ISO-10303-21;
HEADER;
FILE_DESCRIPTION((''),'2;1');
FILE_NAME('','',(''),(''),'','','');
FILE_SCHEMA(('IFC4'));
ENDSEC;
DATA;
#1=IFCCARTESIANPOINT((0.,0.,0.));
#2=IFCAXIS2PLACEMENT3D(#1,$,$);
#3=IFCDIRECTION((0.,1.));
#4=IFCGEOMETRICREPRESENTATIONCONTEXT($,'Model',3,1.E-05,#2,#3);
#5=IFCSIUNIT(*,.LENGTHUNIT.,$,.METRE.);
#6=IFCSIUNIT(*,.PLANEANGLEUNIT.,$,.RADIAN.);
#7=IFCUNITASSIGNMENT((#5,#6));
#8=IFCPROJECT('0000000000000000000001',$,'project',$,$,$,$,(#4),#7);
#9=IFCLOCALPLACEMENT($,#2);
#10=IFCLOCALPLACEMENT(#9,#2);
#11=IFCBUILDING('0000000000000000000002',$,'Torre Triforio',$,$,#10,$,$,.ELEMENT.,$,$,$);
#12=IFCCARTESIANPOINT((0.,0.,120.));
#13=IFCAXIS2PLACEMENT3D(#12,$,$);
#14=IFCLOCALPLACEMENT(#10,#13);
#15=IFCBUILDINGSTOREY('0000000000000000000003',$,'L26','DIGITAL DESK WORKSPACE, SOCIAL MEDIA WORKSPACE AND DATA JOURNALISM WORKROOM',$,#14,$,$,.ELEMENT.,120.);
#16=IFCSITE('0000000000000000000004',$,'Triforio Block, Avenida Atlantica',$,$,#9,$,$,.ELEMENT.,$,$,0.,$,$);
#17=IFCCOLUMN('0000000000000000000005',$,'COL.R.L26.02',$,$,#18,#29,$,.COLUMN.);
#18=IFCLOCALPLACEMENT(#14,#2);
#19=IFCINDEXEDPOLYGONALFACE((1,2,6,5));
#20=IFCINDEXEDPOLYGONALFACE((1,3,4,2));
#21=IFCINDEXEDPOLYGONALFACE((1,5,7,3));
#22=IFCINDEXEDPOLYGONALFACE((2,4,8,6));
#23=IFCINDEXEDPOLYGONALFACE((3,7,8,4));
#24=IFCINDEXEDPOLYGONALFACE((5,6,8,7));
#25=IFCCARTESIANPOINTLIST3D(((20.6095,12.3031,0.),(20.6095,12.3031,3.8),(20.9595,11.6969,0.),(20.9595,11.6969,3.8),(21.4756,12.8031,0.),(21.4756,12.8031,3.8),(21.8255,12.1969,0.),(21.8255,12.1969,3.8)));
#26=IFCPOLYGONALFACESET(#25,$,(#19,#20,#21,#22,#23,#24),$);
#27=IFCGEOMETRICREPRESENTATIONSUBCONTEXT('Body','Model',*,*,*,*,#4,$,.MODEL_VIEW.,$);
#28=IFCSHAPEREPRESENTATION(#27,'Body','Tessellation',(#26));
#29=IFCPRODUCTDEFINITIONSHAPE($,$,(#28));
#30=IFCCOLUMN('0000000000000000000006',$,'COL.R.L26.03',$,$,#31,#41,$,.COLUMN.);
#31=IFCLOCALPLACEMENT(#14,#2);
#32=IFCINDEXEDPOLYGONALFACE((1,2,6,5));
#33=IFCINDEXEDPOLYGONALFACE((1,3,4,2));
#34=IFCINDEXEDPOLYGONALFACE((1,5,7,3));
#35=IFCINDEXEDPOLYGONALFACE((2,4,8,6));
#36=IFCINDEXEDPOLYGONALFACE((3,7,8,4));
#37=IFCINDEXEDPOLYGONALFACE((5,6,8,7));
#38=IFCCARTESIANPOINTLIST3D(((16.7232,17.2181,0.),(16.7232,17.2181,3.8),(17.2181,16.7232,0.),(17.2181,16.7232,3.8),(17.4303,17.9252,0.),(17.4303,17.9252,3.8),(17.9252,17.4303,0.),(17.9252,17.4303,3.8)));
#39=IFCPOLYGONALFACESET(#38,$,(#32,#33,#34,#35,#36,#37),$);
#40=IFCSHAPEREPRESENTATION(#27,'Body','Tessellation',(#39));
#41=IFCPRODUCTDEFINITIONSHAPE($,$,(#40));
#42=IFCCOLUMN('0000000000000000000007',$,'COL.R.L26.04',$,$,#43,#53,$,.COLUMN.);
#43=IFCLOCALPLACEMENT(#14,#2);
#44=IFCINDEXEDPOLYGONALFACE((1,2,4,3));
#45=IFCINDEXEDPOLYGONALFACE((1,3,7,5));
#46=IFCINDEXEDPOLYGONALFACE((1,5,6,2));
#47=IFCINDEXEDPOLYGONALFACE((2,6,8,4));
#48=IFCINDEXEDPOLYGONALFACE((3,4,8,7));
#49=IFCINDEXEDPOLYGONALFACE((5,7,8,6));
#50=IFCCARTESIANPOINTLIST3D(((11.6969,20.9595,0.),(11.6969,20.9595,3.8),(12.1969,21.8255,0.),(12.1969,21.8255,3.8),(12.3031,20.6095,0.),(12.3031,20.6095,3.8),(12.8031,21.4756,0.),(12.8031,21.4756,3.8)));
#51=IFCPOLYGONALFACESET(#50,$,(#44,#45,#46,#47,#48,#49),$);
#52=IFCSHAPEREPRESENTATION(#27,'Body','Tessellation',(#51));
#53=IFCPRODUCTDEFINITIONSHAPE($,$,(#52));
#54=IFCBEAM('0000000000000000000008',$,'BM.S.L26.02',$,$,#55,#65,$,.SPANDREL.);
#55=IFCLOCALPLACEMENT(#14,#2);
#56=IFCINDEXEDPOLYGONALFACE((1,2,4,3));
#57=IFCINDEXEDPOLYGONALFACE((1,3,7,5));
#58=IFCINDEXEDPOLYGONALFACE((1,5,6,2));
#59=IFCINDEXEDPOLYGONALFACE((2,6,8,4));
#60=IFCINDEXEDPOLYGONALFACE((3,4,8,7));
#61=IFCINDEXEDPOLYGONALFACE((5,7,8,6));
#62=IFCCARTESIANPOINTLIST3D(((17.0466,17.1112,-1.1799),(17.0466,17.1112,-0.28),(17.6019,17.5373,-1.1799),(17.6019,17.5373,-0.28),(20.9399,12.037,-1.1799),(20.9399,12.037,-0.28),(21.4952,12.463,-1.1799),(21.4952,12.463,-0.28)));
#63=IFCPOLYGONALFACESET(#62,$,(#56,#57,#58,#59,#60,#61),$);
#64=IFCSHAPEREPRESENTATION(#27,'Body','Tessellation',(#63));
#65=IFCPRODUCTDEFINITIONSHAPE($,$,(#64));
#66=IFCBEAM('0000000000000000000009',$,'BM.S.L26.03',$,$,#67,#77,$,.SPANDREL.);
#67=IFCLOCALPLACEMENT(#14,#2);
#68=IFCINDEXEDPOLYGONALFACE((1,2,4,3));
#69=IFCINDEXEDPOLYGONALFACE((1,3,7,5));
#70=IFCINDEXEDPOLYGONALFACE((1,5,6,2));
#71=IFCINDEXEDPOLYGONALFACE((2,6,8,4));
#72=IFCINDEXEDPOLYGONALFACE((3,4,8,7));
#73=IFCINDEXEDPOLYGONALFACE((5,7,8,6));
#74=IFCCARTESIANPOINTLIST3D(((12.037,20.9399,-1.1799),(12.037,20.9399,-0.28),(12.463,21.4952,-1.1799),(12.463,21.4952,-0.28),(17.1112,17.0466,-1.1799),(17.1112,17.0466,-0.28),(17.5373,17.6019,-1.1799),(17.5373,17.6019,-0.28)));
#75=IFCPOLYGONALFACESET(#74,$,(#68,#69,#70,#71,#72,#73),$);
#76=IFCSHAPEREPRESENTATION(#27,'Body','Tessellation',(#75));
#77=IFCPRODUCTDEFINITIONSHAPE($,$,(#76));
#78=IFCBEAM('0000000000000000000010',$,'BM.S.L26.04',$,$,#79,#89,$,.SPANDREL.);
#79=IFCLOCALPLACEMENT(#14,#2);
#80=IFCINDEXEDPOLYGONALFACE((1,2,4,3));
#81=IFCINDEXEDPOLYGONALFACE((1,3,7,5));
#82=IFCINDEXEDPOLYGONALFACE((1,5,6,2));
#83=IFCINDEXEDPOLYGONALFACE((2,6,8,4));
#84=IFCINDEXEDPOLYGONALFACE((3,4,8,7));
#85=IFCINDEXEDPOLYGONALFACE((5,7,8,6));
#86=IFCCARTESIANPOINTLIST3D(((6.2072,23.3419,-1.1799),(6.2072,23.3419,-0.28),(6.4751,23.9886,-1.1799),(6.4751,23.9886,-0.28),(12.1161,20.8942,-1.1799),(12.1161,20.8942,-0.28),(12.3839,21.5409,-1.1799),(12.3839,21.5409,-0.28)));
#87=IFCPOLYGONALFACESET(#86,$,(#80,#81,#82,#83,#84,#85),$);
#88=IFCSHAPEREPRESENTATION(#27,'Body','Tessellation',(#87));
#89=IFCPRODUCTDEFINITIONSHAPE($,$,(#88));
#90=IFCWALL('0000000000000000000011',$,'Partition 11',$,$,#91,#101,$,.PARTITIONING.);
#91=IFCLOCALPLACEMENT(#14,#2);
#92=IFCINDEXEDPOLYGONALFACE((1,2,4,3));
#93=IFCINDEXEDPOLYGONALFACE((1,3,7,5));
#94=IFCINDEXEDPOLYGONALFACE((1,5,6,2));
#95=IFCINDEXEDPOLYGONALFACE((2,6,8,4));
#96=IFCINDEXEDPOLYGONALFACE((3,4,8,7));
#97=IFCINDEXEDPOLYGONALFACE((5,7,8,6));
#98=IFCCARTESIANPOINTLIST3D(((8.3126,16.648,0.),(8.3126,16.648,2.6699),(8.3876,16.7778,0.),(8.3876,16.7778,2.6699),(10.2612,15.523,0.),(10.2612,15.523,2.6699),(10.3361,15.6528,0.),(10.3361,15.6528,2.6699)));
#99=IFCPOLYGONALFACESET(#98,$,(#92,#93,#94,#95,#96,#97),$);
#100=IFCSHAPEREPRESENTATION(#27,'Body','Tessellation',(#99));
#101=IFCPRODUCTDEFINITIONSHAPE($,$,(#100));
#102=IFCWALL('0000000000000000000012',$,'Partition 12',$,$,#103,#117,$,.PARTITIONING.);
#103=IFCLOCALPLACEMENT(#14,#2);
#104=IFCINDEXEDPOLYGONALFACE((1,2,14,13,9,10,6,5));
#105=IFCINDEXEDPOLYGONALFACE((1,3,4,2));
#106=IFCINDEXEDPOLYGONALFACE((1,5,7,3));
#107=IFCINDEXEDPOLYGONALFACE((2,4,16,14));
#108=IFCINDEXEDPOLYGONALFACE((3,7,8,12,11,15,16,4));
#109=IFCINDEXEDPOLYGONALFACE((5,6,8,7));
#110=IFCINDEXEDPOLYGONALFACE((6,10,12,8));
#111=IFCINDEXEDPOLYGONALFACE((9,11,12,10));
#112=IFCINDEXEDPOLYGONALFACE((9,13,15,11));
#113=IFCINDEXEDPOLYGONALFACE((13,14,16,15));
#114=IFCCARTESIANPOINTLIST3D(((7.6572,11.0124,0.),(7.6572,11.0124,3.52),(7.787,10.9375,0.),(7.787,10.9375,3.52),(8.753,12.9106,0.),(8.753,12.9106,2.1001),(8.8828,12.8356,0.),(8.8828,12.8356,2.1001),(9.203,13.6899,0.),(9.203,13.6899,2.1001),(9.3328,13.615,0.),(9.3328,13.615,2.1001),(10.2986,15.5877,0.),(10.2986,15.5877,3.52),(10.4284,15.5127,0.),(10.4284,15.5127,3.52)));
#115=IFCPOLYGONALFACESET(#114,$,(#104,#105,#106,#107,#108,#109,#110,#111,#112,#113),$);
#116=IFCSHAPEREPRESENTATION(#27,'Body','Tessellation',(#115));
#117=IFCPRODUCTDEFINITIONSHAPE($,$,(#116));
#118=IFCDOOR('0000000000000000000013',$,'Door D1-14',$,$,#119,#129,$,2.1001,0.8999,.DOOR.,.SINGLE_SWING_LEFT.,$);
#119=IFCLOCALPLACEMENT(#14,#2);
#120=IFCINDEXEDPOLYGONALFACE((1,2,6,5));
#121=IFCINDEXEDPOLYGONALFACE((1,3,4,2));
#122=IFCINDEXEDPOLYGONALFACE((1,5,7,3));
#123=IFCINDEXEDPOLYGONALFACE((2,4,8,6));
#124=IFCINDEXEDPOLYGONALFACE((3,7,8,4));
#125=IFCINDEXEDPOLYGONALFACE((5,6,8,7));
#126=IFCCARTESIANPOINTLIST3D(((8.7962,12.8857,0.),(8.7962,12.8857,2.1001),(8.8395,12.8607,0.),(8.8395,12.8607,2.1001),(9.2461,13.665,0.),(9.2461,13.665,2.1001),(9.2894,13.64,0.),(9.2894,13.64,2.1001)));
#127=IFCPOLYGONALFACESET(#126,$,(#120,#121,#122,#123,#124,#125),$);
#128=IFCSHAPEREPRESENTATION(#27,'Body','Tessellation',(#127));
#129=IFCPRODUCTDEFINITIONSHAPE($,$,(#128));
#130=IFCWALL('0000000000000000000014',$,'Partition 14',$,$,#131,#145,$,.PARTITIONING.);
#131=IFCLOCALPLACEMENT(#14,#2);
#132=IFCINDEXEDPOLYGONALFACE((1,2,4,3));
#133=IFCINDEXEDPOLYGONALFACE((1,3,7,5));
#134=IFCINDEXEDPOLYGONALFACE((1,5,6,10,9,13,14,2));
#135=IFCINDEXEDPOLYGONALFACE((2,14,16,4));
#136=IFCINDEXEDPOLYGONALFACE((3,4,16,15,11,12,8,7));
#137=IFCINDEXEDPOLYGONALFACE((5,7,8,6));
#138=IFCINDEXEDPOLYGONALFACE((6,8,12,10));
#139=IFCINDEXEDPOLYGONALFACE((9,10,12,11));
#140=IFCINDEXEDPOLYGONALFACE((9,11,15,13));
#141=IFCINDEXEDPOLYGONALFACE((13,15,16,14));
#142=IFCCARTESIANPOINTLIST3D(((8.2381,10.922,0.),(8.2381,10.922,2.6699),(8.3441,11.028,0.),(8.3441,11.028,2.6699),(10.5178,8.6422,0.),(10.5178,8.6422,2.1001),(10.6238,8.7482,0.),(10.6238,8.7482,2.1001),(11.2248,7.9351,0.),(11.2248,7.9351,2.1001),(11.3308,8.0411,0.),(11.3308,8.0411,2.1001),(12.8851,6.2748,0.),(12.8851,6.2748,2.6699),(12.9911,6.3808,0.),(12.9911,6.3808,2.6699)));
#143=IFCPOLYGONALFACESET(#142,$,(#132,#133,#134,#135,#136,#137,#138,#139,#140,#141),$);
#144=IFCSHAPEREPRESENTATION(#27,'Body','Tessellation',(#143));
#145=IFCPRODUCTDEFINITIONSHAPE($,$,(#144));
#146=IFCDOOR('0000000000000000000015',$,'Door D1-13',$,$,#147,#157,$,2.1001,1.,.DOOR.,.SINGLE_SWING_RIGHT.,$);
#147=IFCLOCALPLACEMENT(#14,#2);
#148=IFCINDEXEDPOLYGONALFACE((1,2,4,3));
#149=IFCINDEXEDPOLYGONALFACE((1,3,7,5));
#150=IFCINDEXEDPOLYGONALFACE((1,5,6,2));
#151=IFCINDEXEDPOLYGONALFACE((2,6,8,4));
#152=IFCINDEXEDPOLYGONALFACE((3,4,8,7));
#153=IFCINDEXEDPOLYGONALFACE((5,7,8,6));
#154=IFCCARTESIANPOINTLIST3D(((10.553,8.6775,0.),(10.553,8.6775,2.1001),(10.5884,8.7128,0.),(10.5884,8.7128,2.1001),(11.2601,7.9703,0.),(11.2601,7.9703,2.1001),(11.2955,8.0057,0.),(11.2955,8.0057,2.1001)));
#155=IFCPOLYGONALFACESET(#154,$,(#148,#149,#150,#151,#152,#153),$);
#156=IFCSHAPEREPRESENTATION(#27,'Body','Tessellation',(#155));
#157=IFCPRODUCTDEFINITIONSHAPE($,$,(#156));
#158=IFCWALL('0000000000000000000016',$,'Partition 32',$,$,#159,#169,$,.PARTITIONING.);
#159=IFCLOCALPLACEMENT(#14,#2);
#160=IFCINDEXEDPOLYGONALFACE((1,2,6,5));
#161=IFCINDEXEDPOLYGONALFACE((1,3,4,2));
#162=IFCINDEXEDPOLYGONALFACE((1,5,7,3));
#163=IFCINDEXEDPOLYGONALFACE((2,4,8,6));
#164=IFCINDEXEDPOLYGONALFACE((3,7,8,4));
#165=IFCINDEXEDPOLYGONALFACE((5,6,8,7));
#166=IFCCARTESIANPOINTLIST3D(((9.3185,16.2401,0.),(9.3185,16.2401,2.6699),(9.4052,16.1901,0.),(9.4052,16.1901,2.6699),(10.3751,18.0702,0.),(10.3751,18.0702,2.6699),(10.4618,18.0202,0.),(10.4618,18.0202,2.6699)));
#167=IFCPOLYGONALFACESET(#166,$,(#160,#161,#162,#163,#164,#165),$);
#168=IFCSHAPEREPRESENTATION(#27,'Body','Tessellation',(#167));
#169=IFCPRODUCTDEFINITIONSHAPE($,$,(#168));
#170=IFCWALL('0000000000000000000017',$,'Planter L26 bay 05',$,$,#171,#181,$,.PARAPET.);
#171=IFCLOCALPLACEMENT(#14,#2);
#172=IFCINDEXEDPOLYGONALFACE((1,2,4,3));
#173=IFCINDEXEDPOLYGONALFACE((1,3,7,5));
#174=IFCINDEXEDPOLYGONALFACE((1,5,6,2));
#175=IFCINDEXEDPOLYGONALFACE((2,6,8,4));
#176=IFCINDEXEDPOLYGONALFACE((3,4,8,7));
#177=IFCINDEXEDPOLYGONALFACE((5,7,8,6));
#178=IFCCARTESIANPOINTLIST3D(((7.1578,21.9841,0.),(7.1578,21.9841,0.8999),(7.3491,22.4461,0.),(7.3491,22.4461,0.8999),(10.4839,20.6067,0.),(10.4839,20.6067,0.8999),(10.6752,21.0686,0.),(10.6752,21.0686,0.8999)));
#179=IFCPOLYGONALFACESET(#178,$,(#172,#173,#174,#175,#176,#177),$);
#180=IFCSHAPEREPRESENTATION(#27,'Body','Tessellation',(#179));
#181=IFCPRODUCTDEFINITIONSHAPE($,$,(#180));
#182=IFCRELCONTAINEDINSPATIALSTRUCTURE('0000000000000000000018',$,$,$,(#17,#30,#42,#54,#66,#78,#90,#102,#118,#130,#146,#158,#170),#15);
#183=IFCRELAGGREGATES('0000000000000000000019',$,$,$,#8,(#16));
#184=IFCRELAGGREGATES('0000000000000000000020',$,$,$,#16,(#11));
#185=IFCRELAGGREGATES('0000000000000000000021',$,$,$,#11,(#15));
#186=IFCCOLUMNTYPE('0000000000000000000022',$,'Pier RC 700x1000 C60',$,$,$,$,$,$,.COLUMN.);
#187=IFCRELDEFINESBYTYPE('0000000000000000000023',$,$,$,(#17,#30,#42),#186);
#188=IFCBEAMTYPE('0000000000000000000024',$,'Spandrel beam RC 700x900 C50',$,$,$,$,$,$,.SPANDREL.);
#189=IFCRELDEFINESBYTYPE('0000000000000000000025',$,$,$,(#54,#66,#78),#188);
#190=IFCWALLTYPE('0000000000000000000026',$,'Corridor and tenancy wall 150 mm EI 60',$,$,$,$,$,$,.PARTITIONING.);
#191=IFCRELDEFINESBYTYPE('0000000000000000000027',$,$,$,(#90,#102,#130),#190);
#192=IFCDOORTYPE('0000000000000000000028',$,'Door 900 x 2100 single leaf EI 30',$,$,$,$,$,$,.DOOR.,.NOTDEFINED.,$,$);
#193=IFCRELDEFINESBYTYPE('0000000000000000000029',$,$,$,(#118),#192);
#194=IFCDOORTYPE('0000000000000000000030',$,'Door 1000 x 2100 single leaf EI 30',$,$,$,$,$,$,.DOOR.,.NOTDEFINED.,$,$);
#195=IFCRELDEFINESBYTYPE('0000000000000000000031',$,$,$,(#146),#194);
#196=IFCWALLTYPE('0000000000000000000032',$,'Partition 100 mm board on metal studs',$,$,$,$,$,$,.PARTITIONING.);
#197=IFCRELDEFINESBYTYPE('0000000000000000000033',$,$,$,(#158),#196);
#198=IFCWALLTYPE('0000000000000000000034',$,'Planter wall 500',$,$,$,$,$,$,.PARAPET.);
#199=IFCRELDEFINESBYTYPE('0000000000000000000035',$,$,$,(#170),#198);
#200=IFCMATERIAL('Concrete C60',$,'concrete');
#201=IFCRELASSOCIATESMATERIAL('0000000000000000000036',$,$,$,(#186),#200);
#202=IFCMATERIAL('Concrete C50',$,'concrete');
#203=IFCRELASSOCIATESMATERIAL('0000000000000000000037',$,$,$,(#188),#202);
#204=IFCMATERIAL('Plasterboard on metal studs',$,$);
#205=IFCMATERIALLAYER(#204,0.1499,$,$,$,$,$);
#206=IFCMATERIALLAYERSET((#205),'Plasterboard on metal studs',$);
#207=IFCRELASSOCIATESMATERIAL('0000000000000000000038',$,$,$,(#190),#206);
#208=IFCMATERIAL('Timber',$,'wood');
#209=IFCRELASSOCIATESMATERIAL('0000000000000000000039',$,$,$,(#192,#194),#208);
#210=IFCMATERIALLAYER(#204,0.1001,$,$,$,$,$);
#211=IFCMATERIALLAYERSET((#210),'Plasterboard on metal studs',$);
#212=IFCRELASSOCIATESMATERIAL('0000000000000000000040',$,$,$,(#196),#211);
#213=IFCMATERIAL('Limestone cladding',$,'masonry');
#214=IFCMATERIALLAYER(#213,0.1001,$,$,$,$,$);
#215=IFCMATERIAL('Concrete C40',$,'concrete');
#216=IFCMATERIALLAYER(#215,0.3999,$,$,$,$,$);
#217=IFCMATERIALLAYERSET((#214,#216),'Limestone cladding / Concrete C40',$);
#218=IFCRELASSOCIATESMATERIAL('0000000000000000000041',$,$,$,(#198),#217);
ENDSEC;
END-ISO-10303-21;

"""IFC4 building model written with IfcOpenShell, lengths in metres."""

from ifc_helpers import new_model, si_unit, direction, frame, frame_2d, origin, origin_2d, place, context, subcontext, project, spatial, rectangle, extrude, material, layer, layer_set, material_profile, profile_set, type_object, element, fill, save


model = new_model("IFC4")

# Units and contexts
model_context = context("Model", 3, precision=1e-05, world=origin(), true_north=direction((0.0, 1.0)))
body_context = subcontext(model_context, "Body", "Model", "MODEL_VIEW")
ifc_project = project(units=[si_unit("LENGTHUNIT", "METRE"), si_unit("PLANEANGLEUNIT", "RADIAN")], contexts=[model_context])

# Site, building, storey
site_placement = place(None, origin())
site = spatial("IfcSite", under=ifc_project, at=site_placement, Name="Triforio Block, Avenida Atlantica", CompositionType="ELEMENT", RefElevation=0.0)
building_placement = place(site_placement, origin())
building = spatial("IfcBuilding", under=site, at=building_placement, Name="Torre Triforio", CompositionType="ELEMENT")
storey_placement = place(building_placement, frame((0.0, 0.0, 120.0)))
storey = spatial("IfcBuildingStorey", under=building, at=storey_placement, Name="L26", Description="DIGITAL DESK WORKSPACE, SOCIAL MEDIA WORKSPACE AND DATA JOURNALISM WORKROOM", CompositionType="ELEMENT", Elevation=120.0)

# Columns
ifc_material_1 = material(Name="Concrete C60", Category="concrete")
ifc_material_profile_1 = material_profile(ifc_material_1, rectangle(XDim=0.7, YDim=1.0, at=origin_2d()), Name="RC 700x1000")
ifc_profile_set_1 = profile_set([ifc_material_profile_1], Name="Concrete C60")
column_type = type_object("IfcColumnType", Name="Pier RC 700x1000 C60", PredefinedType="COLUMN", material=ifc_profile_set_1)
for number, where, z_axis, x_axis, name in (
    (1, (21.2175, 12.25, 0.0), (0.0, 0.0, 1.0), (-0.5, 0.866025, 0.0), "COL.R.L26.02"),
    (2, (17.3242, 17.3242, 0.0), (0.0, 0.0, 1.0), (-0.707107, 0.707107, 0.0), "COL.R.L26.03"),
    (3, (12.25, 21.2175, 0.0), (0.0, 0.0, 1.0), (-0.866025, 0.5, 0.0), "COL.R.L26.04"),
):
    element("IfcColumn", number, at=place(storey_placement, frame(where, z_axis=z_axis, x_axis=x_axis)), inside=storey, type_object=column_type, Name=name, PredefinedType="COLUMN", context=body_context, shape_type="SweptSolid", body=[
        extrude(rectangle(XDim=0.7, YDim=1.0, at=origin_2d()), origin(), (0.0, 0.0, 1.0), 3.8),
    ])

# Beams
ifc_material_2 = material(Name="Concrete C50", Category="concrete")
ifc_material_profile_2 = material_profile(ifc_material_2, rectangle(XDim=0.7, YDim=0.8999, at=origin_2d()), Name="RC 700x900")
ifc_profile_set_2 = profile_set([ifc_material_profile_2], Name="Concrete C50")
beam_type = type_object("IfcBeamType", Name="Spandrel beam RC 700x900 C50", PredefinedType="SPANDREL", material=ifc_profile_set_2)
for number, where, z_axis, x_axis, name in (
    (4, (21.2175, 12.25, -0.73), (-0.608734, 0.793374, 0.0), (-0.793374, -0.608734, 0.0), "BM.S.L26.02"),
    (5, (17.3242, 17.3242, -0.73), (-0.793374, 0.608734, 0.0), (-0.608734, -0.793374, 0.0), "BM.S.L26.03"),
    (6, (12.25, 21.2175, -0.73), (-0.923869, 0.382709, 0.0), (-0.382709, -0.923869, 0.0), "BM.S.L26.04"),
):
    element("IfcBeam", number, at=place(storey_placement, frame(where, z_axis=z_axis, x_axis=x_axis)), inside=storey, type_object=beam_type, Name=name, PredefinedType="SPANDREL", context=body_context, shape_type="SweptSolid", body=[
        extrude(rectangle(XDim=0.7, YDim=0.8999, at=origin_2d()), origin(), (0.0, 0.0, 1.0), 6.3958),
    ])

# Wall
ifc_material_3 = material(Name="Plasterboard on metal studs")
ifc_layer_1 = layer(ifc_material_3, 0.1499)
ifc_layer_set_1 = layer_set([ifc_layer_1], Name="Plasterboard on metal studs")
wall_type_1 = type_object("IfcWallType", Name="Corridor and tenancy wall 150 mm EI 60", PredefinedType="PARTITIONING", material=ifc_layer_set_1)
wall_1_placement = place(storey_placement, frame((8.3501, 16.7129, 0.0), z_axis=(0.0, 0.0, 1.0), x_axis=(0.866018, -0.500014, 0.0)))
element("IfcWall", 7, at=wall_1_placement, inside=storey, type_object=wall_type_1, Name="Partition 11", PredefinedType="PARTITIONING", context=body_context, shape_type="SweptSolid", body=[
    extrude(rectangle(XDim=2.25, YDim=0.1499, at=frame_2d((1.125, 0.0))), origin(), (0.0, 0.0, 1.0), 2.6699),
])

# Walls, openings, doors
wall_2_placement = place(storey_placement, frame((10.3635, 15.5503, 0.0), z_axis=(0.0, 0.0, 1.0), x_axis=(-0.499981, -0.866036, 0.0)))
wall_2 = element("IfcWall", 8, at=wall_2_placement, inside=storey, type_object=wall_type_1, Name="Partition 12", PredefinedType="PARTITIONING", context=body_context, shape_type="SweptSolid", body=[
    extrude(rectangle(XDim=5.283, YDim=0.1499, at=frame_2d((2.6416, 0.0))), origin(), (0.0, 0.0, 1.0), 3.52),
])
opening_1_placement = place(wall_2_placement, frame((2.1914, 0.0, 0.0)))
opening_1 = element("IfcOpeningElement", 9, at=opening_1_placement, cuts=wall_2, PredefinedType="OPENING", context=body_context, shape_type="SweptSolid", body=[
    extrude(rectangle(XDim=0.8999, YDim=2.1001, at=frame_2d((0.45, 1.05))), frame((0.0, 0.085, 0.0), z_axis=(0.0, -1.0, 0.0), x_axis=(1.0, 0.0, 0.0)), (0.0, 0.0, 1.0), 0.1699),
])
ifc_material_4 = material(Name="Timber", Category="wood")
door_type_1 = type_object("IfcDoorType", Name="Door 900 x 2100 single leaf EI 30", OperationType="NOTDEFINED", PredefinedType="DOOR", material=ifc_material_4)
door_1_placement = place(opening_1_placement, origin())
door_1 = element("IfcDoor", 10, at=door_1_placement, inside=storey, type_object=door_type_1, Name="Door D1-14", OperationType="SINGLE_SWING_LEFT", OverallHeight=2.1001, OverallWidth=0.8999, PredefinedType="DOOR", context=body_context, shape_type="SweptSolid", body=[
    extrude(rectangle(XDim=0.8999, YDim=2.1001, at=frame_2d((0.45, 1.05))), frame((0.0, 0.0249, 0.0), z_axis=(0.0, -1.0, 0.0), x_axis=(1.0, 0.0, 0.0)), (0.0, 0.0, 1.0), 0.05),
])
fill(opening_1, door_1)
wall_3_placement = place(storey_placement, frame((8.291, 10.9751, 0.0), z_axis=(0.0, 0.0, 1.0), x_axis=(0.707088, -0.707125, 0.0)))
wall_3 = element("IfcWall", 11, at=wall_3_placement, inside=storey, type_object=wall_type_1, Name="Partition 14", PredefinedType="PARTITIONING", context=body_context, shape_type="SweptSolid", body=[
    extrude(rectangle(XDim=6.572, YDim=0.1499, at=frame_2d((3.2861, 0.0))), origin(), (0.0, 0.0, 1.0), 2.6699),
])
opening_2_placement = place(wall_3_placement, frame((3.2241, 0.0, 0.0)))
opening_2 = element("IfcOpeningElement", 12, at=opening_2_placement, cuts=wall_3, PredefinedType="OPENING", context=body_context, shape_type="SweptSolid", body=[
    extrude(rectangle(XDim=1.0, YDim=2.1001, at=frame_2d((0.5, 1.05))), frame((0.0, 0.085, 0.0), z_axis=(0.0, -1.0, 0.0), x_axis=(1.0, 0.0, 0.0)), (0.0, 0.0, 1.0), 0.1699),
])
door_type_2 = type_object("IfcDoorType", Name="Door 1000 x 2100 single leaf EI 30", OperationType="NOTDEFINED", PredefinedType="DOOR", material=ifc_material_4)
door_2_placement = place(opening_2_placement, origin())
door_2 = element("IfcDoor", 13, at=door_2_placement, inside=storey, type_object=door_type_2, Name="Door D1-13", OperationType="SINGLE_SWING_RIGHT", OverallHeight=2.1001, OverallWidth=1.0, PredefinedType="DOOR", context=body_context, shape_type="SweptSolid", body=[
    extrude(rectangle(XDim=1.0, YDim=2.1001, at=frame_2d((0.5, 1.05))), frame((0.0, 0.0249, 0.0), z_axis=(0.0, -1.0, 0.0), x_axis=(1.0, 0.0, 0.0)), (0.0, 0.0, 1.0), 0.05),
])
fill(opening_2, door_2)

# Walls
ifc_layer_2 = layer(ifc_material_3, 0.1001)
ifc_layer_set_2 = layer_set([ifc_layer_2], Name="Plasterboard on metal studs")
wall_type_2 = type_object("IfcWallType", Name="Partition 100 mm board on metal studs", PredefinedType="PARTITIONING", material=ifc_layer_set_2)
wall_4_placement = place(storey_placement, frame((9.3618, 16.2151, 0.0), z_axis=(0.0, 0.0, 1.0), x_axis=(0.500016, 0.866016, 0.0)))
element("IfcWall", 14, at=wall_4_placement, inside=storey, type_object=wall_type_2, Name="Partition 32", PredefinedType="PARTITIONING", context=body_context, shape_type="SweptSolid", body=[
    extrude(rectangle(XDim=2.1133, YDim=0.1001, at=frame_2d((1.0566, 0.0))), origin(), (0.0, 0.0, 1.0), 2.6699),
])
ifc_material_5 = material(Name="Limestone cladding", Category="masonry")
ifc_layer_3 = layer(ifc_material_5, 0.1001)
ifc_material_6 = material(Name="Concrete C40", Category="concrete")
ifc_layer_4 = layer(ifc_material_6, 0.3999)
ifc_layer_set_3 = layer_set([ifc_layer_3, ifc_layer_4], Name="Limestone cladding / Concrete C40")
wall_type_3 = type_object("IfcWallType", Name="Planter wall 500", PredefinedType="PARAPET", material=ifc_layer_set_3)
wall_5_placement = place(storey_placement, frame((10.5796, 20.8376, 0.0), z_axis=(0.0, 0.0, 1.0), x_axis=(-0.923909, 0.382611, 0.0)))
element("IfcWall", 15, at=wall_5_placement, inside=storey, type_object=wall_type_3, Name="Planter L26 bay 05", PredefinedType="PARAPET", context=body_context, shape_type="SweptSolid", body=[
    extrude(rectangle(XDim=3.6001, YDim=0.5, at=frame_2d((1.8, 0.0))), origin(), (0.0, 0.0, 1.0), 0.8999),
])

save(model, "model.ifc")
